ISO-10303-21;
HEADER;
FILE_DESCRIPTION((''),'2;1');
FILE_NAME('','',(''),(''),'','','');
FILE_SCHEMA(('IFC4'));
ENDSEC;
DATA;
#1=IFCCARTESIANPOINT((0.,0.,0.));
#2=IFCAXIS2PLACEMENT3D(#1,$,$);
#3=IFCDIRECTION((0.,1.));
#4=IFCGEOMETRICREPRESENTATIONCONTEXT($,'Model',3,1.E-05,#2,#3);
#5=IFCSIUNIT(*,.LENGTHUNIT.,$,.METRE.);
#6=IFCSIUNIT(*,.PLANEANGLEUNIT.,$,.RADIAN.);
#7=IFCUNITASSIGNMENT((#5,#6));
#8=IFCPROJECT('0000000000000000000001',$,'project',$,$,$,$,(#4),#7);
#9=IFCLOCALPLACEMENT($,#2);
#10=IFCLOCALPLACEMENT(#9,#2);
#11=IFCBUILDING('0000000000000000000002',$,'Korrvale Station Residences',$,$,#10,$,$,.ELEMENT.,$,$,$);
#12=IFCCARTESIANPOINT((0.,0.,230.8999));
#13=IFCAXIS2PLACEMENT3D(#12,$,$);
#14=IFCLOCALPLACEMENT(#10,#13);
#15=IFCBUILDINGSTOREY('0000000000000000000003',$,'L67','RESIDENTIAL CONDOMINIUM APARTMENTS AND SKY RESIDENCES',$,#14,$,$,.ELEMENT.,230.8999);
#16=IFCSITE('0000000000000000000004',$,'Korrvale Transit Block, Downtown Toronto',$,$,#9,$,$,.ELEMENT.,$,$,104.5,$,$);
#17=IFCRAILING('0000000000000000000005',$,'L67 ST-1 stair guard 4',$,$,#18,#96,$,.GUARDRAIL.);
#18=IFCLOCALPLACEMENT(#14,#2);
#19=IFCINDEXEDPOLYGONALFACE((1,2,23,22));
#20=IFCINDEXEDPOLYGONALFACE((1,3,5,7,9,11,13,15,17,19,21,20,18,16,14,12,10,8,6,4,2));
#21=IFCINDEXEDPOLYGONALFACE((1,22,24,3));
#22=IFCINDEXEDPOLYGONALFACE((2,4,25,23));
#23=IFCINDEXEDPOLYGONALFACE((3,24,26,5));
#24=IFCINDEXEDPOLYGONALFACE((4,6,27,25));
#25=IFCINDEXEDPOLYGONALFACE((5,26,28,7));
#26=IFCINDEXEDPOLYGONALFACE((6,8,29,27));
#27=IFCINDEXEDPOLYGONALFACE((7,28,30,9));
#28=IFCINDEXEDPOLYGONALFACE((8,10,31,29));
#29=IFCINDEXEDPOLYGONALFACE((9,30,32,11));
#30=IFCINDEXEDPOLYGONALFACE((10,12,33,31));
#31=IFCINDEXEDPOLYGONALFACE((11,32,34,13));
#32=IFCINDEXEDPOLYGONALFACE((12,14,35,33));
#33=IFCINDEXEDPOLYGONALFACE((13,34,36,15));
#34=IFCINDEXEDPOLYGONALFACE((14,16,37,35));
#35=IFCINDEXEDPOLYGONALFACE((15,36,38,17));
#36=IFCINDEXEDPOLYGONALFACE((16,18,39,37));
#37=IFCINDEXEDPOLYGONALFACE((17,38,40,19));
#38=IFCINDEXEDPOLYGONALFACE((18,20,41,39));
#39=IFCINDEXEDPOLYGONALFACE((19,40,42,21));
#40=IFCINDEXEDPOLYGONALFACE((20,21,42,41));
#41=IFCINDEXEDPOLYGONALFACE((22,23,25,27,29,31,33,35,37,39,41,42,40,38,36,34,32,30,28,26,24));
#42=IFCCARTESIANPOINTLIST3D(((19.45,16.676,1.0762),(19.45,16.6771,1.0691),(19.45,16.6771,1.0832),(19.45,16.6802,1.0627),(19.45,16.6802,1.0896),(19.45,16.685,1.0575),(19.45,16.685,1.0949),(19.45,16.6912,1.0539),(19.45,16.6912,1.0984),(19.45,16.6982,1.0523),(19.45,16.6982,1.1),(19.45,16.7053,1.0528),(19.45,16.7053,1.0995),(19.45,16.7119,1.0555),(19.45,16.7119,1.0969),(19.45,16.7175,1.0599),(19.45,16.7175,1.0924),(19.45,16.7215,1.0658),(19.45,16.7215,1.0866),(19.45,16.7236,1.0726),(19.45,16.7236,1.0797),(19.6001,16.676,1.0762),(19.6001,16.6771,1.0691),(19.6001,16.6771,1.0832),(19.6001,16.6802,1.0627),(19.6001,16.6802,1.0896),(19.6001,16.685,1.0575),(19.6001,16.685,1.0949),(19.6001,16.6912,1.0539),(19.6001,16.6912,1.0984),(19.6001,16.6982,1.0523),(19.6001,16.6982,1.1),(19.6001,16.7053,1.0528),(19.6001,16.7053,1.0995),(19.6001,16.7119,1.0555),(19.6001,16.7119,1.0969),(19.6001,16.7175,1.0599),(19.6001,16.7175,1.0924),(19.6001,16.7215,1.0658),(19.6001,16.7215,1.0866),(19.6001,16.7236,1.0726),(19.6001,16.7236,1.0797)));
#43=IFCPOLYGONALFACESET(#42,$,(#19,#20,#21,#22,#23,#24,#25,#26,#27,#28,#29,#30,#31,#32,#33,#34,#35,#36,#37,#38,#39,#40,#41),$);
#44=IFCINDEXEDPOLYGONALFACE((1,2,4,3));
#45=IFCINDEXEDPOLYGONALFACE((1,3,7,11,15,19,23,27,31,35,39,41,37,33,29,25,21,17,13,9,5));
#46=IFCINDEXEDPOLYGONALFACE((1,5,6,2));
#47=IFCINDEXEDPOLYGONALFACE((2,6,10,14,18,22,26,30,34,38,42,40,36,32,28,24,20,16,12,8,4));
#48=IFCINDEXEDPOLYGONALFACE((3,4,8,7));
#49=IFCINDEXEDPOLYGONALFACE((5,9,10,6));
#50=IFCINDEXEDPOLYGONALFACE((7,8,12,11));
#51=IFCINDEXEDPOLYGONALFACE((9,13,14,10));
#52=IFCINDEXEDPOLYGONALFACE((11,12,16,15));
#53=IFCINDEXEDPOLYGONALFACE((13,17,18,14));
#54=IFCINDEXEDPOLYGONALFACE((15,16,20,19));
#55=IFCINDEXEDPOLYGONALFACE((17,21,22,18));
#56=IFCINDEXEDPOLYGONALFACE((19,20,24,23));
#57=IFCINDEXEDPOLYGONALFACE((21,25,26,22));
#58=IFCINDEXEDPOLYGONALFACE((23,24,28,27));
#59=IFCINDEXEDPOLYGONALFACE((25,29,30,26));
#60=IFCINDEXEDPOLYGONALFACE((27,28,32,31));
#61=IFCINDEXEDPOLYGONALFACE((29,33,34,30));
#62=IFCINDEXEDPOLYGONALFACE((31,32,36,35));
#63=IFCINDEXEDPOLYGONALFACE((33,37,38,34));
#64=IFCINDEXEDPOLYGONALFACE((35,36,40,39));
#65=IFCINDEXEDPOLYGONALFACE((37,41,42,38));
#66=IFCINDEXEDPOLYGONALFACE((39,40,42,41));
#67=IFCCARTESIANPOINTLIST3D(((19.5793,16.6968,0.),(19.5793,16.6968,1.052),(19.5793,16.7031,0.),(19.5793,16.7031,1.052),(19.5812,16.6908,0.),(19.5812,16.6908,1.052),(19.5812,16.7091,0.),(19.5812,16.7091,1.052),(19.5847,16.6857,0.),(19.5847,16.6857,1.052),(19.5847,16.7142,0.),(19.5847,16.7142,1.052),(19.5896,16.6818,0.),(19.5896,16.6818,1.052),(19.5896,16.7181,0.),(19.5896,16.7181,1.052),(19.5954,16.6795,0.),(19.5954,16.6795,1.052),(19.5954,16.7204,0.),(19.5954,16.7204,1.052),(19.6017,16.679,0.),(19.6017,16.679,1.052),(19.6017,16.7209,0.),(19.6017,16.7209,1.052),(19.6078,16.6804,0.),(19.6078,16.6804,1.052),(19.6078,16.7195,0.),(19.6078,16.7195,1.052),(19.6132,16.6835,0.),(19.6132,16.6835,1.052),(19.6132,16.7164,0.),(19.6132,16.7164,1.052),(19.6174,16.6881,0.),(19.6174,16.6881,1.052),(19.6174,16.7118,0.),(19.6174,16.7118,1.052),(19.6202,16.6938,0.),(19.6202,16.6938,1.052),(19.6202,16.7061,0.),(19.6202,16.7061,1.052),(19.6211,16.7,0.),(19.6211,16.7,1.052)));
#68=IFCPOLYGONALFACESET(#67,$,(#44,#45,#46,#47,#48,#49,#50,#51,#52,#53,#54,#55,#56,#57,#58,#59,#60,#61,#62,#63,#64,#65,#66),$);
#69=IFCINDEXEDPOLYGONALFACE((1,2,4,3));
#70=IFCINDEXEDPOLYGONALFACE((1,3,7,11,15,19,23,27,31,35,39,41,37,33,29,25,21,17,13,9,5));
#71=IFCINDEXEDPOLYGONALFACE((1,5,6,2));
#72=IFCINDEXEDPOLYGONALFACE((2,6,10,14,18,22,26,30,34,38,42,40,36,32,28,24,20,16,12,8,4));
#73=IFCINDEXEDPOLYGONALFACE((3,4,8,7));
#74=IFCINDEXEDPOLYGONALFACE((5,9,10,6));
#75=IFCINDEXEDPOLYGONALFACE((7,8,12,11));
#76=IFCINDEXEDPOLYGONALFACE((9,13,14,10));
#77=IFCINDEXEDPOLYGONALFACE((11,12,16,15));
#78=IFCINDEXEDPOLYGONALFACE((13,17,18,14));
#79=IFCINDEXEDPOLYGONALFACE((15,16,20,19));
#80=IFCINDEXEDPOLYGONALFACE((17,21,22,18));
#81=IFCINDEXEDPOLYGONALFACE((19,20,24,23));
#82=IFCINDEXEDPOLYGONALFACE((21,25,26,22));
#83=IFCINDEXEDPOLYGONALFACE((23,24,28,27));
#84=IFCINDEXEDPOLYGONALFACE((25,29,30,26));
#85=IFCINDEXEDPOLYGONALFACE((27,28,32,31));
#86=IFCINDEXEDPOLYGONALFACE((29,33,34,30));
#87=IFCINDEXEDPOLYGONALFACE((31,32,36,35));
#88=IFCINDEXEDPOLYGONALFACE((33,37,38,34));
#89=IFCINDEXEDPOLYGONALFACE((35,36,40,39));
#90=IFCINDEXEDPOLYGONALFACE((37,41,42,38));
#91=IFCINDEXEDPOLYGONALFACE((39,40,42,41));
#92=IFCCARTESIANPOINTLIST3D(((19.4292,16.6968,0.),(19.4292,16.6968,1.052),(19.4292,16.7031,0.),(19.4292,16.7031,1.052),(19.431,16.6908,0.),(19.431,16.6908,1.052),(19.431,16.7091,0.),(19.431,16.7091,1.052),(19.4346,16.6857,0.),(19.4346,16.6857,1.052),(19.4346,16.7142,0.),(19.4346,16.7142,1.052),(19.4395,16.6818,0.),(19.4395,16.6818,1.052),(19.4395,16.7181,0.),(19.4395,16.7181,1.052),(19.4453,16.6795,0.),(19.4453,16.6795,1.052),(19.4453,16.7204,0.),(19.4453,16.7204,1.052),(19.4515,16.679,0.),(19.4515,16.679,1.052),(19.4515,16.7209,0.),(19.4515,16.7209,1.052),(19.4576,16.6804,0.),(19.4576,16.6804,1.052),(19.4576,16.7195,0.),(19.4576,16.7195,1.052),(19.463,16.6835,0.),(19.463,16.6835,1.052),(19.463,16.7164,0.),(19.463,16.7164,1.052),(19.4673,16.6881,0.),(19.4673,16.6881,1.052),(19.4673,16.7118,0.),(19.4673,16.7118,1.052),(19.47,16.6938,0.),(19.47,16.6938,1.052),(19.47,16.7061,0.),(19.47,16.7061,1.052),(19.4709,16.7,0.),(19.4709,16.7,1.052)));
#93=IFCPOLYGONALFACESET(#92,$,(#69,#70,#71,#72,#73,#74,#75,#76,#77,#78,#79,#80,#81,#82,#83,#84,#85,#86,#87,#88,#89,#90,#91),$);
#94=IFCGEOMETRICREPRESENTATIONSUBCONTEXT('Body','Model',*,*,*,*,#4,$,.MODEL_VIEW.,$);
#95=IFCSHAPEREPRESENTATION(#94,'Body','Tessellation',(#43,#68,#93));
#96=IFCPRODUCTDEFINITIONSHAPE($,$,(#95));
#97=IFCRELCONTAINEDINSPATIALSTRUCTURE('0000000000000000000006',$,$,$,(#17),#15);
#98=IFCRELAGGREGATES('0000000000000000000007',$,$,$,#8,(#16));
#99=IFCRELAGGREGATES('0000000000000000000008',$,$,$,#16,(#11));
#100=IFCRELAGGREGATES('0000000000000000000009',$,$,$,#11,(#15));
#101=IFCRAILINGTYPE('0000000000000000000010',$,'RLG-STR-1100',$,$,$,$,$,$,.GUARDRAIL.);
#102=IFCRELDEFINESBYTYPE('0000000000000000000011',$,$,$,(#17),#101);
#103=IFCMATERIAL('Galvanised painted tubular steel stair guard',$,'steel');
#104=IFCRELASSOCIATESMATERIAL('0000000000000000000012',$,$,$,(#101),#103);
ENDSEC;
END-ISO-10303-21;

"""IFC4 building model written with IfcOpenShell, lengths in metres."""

from ifc_helpers import new_model, si_unit, direction, frame, origin, origin_2d, place, context, subcontext, project, spatial, circle, extrude, material, type_object, element, save


model = new_model("IFC4")

# Units and contexts
model_context = context("Model", 3, precision=1e-05, world=origin(), true_north=direction((0.0, 1.0)))
body_context = subcontext(model_context, "Body", "Model", "MODEL_VIEW")
ifc_project = project(units=[si_unit("LENGTHUNIT", "METRE"), si_unit("PLANEANGLEUNIT", "RADIAN")], contexts=[model_context])

# Site, building, storey
site_placement = place(None, origin())
site = spatial("IfcSite", under=ifc_project, at=site_placement, Name="Korrvale Transit Block, Downtown Toronto", CompositionType="ELEMENT", RefElevation=104.5)
building_placement = place(site_placement, origin())
building = spatial("IfcBuilding", under=site, at=building_placement, Name="Korrvale Station Residences", CompositionType="ELEMENT")
storey_placement = place(building_placement, frame((0.0, 0.0, 230.8999)))
storey = spatial("IfcBuildingStorey", under=building, at=storey_placement, Name="L67", Description="RESIDENTIAL CONDOMINIUM APARTMENTS AND SKY RESIDENCES", CompositionType="ELEMENT", Elevation=230.8999)

# Railing
ifc_material_1 = material(Name="Galvanised painted tubular steel stair guard", Category="steel")
railing_type_1 = type_object("IfcRailingType", Name="RLG-STR-1100", PredefinedType="GUARDRAIL", material=ifc_material_1)
railing_1_placement = place(storey_placement, frame((19.6001, 16.7, 0.0)))
element("IfcRailing", 1, at=railing_1_placement, inside=storey, type_object=railing_type_1, Name="L67 ST-1 stair guard 4", PredefinedType="GUARDRAIL", context=body_context, shape_type="SweptSolid", body=[
    extrude(circle(Radius=0.0239, at=origin_2d()), frame((0.0, 0.0, 1.0762), z_axis=(-1.0, 0.0, 0.0), x_axis=(0.0, -1.0, 0.0)), (0.0, 0.0, 1.0), 0.1501),
    extrude(circle(Radius=0.021, at=origin_2d()), origin(), (0.0, 0.0, 1.0), 1.052),
    extrude(circle(Radius=0.021, at=origin_2d()), frame((-0.1501, 0.0, 0.0)), (0.0, 0.0, 1.0), 1.052),
])

save(model, "model.ifc")
